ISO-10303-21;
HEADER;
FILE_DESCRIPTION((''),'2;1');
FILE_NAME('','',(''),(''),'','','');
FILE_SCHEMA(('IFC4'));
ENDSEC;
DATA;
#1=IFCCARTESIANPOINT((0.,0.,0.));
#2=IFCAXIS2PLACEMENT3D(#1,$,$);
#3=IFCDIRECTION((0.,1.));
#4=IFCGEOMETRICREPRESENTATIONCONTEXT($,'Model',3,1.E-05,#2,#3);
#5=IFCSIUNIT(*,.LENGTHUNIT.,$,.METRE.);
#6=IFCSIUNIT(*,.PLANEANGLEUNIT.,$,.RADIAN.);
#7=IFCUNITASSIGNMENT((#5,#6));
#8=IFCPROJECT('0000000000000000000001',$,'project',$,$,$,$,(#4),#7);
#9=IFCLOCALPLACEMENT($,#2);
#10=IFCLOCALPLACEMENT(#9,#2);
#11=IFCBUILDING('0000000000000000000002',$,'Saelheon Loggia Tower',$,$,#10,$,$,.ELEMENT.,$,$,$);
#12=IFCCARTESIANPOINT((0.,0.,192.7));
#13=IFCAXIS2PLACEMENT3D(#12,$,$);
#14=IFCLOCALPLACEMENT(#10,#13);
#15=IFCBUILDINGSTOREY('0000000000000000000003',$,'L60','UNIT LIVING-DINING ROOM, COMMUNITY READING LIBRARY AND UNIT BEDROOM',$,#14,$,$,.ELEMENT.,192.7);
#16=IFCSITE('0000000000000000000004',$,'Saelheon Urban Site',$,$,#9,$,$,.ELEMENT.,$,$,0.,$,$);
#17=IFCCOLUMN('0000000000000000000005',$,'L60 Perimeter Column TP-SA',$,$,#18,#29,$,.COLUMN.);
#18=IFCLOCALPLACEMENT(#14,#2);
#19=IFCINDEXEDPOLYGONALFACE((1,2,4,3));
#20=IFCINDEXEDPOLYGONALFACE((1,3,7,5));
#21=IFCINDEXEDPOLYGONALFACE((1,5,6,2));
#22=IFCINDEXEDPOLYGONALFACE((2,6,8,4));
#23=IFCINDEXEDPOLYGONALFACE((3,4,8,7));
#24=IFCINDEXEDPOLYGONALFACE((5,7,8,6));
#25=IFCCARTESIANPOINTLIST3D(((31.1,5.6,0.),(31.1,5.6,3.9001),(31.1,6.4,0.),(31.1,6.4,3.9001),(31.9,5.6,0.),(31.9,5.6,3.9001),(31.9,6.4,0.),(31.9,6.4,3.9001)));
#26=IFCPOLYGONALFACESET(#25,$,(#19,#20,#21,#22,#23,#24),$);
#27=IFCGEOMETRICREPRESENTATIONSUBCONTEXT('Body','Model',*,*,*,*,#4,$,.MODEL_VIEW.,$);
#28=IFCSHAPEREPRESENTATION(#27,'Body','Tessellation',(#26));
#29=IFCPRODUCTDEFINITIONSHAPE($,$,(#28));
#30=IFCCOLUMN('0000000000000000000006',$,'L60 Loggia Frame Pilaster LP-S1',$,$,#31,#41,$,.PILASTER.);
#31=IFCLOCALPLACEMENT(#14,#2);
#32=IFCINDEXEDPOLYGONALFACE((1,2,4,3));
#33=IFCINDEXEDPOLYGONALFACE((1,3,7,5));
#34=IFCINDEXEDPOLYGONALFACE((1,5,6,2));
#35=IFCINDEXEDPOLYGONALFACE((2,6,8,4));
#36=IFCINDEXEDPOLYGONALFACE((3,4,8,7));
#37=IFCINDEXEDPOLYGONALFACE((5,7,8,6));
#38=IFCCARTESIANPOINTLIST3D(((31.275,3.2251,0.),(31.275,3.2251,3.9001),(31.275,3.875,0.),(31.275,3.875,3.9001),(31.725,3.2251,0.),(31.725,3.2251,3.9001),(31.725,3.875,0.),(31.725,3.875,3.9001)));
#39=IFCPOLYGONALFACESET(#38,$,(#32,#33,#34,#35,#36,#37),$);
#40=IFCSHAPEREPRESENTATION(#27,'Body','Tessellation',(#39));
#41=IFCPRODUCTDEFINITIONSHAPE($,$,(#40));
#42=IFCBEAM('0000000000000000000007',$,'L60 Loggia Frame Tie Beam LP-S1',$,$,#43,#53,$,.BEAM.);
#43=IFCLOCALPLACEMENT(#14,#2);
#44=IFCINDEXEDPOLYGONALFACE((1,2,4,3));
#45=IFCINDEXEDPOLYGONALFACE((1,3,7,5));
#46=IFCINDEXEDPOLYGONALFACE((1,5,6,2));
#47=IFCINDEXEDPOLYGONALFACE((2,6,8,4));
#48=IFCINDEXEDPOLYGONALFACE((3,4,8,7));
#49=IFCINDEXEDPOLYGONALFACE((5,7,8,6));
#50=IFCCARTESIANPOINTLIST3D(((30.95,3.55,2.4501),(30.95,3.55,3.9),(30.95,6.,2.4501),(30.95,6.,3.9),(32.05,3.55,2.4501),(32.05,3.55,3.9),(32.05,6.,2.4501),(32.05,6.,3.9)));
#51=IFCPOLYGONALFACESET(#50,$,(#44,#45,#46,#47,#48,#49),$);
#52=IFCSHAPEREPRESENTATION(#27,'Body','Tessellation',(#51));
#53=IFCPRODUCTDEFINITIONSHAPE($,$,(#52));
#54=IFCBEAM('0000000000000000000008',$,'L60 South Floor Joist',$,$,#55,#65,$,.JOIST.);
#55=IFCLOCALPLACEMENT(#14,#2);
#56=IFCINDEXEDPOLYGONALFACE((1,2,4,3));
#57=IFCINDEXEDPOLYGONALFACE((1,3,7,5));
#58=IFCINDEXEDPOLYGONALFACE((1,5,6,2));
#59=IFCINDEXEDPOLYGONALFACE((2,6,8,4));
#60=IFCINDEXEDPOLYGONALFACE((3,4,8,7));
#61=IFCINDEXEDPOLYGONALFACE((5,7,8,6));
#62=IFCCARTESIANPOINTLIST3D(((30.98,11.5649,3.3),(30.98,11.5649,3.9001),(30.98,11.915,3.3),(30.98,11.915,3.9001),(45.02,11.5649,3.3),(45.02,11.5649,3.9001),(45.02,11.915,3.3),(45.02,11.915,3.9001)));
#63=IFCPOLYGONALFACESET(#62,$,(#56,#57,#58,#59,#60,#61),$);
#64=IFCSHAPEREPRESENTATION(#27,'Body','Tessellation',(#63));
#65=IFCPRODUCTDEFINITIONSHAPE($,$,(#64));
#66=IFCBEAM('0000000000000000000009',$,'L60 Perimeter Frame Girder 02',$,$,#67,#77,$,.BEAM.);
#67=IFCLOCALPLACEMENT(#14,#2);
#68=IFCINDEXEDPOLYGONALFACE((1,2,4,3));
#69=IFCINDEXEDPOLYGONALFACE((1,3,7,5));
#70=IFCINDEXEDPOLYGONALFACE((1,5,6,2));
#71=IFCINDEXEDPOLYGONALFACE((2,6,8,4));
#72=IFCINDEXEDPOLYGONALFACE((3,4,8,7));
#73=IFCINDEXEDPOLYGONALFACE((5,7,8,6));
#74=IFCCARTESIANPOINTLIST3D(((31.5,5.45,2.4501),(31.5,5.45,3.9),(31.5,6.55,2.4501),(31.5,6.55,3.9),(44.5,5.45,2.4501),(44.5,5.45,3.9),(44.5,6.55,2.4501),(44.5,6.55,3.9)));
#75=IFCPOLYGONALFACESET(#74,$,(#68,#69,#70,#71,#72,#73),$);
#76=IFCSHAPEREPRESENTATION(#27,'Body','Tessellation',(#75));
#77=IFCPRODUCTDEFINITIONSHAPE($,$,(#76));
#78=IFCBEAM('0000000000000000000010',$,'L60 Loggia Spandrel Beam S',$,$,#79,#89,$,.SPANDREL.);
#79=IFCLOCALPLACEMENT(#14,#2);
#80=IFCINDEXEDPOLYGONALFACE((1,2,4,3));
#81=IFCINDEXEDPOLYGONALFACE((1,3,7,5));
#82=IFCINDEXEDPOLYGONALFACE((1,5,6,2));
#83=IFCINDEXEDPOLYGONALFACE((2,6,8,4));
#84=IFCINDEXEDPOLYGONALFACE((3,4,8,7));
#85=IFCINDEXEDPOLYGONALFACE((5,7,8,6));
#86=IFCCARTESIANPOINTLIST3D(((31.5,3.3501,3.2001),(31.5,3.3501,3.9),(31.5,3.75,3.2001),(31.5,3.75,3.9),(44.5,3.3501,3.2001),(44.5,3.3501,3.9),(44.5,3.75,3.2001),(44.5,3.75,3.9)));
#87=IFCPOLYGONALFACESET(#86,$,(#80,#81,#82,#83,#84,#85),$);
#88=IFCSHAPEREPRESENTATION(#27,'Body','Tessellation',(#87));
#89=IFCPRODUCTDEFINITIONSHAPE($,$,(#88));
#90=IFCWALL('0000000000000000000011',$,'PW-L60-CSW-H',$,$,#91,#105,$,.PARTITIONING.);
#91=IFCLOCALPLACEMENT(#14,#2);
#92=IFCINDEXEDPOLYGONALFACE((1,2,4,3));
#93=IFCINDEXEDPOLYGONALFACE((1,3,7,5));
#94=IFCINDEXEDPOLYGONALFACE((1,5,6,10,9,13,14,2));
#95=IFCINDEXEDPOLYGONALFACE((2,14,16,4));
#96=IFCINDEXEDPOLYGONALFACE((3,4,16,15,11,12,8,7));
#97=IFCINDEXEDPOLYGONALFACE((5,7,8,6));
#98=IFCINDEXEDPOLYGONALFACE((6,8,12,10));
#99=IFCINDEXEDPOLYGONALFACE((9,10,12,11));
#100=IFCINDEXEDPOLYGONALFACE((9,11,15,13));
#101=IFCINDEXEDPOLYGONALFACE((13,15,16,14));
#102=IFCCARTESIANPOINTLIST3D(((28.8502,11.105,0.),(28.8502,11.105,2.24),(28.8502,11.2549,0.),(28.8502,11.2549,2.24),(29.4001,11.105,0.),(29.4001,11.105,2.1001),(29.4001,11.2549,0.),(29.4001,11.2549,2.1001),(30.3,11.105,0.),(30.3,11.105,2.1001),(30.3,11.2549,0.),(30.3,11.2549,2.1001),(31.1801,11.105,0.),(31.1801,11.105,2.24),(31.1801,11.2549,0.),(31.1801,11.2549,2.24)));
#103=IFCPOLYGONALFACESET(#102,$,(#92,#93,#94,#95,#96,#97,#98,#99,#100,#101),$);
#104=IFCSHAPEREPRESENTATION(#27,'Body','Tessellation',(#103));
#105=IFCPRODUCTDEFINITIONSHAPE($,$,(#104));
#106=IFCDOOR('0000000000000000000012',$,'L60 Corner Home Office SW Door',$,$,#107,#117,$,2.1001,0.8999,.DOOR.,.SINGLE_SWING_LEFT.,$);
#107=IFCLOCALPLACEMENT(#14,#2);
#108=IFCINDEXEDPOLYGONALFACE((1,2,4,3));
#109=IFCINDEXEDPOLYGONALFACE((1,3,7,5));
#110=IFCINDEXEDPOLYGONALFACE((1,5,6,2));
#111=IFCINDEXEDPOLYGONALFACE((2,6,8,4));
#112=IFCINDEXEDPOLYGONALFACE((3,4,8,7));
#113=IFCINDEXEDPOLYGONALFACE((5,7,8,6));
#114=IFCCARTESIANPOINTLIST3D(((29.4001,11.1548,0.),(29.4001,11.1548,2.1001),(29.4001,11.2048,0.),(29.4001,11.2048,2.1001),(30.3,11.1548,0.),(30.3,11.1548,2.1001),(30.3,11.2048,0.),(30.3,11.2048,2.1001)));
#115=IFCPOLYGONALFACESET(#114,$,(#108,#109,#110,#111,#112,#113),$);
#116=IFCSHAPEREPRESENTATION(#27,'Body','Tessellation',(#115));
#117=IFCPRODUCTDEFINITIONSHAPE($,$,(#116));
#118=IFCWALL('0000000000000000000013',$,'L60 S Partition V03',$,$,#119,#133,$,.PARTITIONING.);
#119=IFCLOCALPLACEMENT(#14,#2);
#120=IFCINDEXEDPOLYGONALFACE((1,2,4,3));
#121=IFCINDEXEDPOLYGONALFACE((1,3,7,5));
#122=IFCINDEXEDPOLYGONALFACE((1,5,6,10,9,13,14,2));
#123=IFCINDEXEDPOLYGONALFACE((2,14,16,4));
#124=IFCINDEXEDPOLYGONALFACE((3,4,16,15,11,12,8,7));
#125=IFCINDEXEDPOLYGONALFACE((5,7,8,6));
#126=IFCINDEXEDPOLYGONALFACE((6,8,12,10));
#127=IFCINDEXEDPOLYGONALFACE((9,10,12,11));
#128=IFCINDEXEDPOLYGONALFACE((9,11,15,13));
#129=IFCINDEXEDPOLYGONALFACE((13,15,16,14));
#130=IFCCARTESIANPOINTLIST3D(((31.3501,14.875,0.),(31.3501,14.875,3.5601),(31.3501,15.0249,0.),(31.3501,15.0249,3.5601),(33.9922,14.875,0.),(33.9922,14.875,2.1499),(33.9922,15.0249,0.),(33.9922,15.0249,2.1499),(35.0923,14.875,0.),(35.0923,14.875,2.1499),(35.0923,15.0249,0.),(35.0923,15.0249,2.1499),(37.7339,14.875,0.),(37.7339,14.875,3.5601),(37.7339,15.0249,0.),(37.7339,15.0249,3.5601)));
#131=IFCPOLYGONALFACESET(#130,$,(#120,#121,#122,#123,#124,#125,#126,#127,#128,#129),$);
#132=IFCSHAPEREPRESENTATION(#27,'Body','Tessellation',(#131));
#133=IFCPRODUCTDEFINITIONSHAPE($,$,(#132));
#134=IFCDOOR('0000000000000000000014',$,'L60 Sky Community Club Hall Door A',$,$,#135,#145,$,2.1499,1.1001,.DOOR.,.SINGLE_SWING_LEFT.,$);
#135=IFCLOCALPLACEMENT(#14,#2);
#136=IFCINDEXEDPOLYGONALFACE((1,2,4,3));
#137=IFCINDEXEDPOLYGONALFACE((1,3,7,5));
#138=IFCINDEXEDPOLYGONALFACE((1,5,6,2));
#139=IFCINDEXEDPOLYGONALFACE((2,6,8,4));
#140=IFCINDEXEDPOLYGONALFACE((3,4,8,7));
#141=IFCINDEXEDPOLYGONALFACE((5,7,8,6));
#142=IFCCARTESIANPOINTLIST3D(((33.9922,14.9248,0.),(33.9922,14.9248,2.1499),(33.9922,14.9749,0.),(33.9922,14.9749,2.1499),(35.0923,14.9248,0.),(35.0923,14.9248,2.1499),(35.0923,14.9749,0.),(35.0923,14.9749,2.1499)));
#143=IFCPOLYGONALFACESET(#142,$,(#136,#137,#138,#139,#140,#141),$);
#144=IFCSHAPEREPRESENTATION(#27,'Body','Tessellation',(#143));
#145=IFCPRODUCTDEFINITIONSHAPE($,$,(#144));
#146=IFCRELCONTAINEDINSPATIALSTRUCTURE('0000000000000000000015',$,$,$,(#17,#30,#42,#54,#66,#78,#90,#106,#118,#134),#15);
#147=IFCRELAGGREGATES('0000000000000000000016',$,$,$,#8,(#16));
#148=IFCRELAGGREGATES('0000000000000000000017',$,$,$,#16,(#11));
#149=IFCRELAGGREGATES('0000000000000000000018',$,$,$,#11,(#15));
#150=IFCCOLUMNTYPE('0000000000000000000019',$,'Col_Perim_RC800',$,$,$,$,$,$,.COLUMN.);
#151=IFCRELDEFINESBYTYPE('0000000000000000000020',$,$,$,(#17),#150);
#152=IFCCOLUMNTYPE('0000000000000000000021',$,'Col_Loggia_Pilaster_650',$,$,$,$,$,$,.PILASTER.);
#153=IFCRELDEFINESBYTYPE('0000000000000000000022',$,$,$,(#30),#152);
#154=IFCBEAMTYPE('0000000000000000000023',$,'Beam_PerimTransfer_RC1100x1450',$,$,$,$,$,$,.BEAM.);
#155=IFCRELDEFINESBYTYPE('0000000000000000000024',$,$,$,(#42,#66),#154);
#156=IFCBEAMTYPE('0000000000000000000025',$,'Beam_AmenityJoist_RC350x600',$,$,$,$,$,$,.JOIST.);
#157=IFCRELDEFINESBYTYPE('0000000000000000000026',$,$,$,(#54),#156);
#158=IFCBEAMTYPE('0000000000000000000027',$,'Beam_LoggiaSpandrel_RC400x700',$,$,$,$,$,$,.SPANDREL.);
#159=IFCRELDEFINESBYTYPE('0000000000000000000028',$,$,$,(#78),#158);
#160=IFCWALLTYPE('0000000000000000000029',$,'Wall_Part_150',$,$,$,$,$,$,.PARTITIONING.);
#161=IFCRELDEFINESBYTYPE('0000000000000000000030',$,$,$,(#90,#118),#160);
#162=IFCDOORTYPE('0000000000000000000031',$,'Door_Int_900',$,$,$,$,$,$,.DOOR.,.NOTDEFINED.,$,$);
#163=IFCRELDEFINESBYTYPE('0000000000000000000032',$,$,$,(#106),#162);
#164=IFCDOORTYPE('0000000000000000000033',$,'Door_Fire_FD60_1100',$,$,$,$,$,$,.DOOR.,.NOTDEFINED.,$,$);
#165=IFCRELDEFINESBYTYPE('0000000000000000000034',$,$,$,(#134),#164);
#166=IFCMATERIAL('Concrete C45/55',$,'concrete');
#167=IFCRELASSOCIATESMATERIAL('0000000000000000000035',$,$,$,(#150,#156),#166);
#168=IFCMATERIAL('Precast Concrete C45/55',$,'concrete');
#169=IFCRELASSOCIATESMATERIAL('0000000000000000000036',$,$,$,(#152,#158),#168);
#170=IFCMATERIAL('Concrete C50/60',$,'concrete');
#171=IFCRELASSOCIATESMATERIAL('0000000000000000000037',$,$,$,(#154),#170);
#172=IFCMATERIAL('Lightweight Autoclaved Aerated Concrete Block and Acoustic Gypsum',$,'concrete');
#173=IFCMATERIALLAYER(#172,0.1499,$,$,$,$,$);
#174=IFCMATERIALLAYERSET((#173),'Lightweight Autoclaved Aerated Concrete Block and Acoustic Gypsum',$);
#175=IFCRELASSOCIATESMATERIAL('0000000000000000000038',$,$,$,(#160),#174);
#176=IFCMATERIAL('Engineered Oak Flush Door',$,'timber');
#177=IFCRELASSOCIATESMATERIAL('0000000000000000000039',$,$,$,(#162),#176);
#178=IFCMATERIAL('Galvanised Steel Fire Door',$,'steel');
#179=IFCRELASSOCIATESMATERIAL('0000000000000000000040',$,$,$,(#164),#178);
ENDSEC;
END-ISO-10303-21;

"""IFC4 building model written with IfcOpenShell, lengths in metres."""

from ifc_helpers import new_model, si_unit, direction, frame, frame_2d, origin, origin_2d, place, context, subcontext, project, spatial, rectangle, extrude, source, transform, mapped, material, layer, layer_set, material_profile, profile_set, type_object, element, fill, save


model = new_model("IFC4")

# Units and contexts
model_context = context("Model", 3, precision=1e-05, world=origin(), true_north=direction((0.0, 1.0)))
body_context = subcontext(model_context, "Body", "Model", "MODEL_VIEW")
ifc_project = project(units=[si_unit("LENGTHUNIT", "METRE"), si_unit("PLANEANGLEUNIT", "RADIAN")], contexts=[model_context])

# Site, building, storey
site_placement = place(None, origin())
site = spatial("IfcSite", under=ifc_project, at=site_placement, Name="Saelheon Urban Site", CompositionType="ELEMENT", RefElevation=0.0)
building_placement = place(site_placement, origin())
building = spatial("IfcBuilding", under=site, at=building_placement, Name="Saelheon Loggia Tower", CompositionType="ELEMENT")
storey_placement = place(building_placement, frame((0.0, 0.0, 192.7)))
storey = spatial("IfcBuildingStorey", under=building, at=storey_placement, Name="L60", Description="UNIT LIVING-DINING ROOM, COMMUNITY READING LIBRARY AND UNIT BEDROOM", CompositionType="ELEMENT", Elevation=192.7)

# Columns
ifc_material_1 = material(Name="Concrete C45/55", Category="concrete")
ifc_material_profile_1 = material_profile(ifc_material_1, rectangle(XDim=0.8, YDim=0.8, at=origin_2d()), Name="RC-800x800")
ifc_profile_set_1 = profile_set([ifc_material_profile_1], Name="Concrete C45/55")
column_type_1 = type_object("IfcColumnType", Name="Col_Perim_RC800", PredefinedType="COLUMN", material=ifc_profile_set_1)
shared_shape_1 = source(origin(), body_context, "Body", "SweptSolid", [
    extrude(rectangle(XDim=0.8, YDim=0.8, at=origin_2d()), origin(), (0.0, 0.0, 1.0), 3.9001),
])
column_1_placement = place(storey_placement, frame((31.5, 6.0, 0.0), z_axis=(0.0, 0.0, 1.0), x_axis=(1.0, 0.0, 0.0)))
element("IfcColumn", 1, at=column_1_placement, inside=storey, type_object=column_type_1, Name="L60 Perimeter Column TP-SA", PredefinedType="COLUMN", context=body_context, shape_type="MappedRepresentation", body=[
    mapped(shared_shape_1, transform((0.0, 0.0, 0.0), scale=1.0)),
])
ifc_material_2 = material(Name="Precast Concrete C45/55", Category="concrete")
ifc_material_profile_2 = material_profile(ifc_material_2, rectangle(XDim=0.45, YDim=0.6499, at=origin_2d()), Name="RC-450x650")
ifc_profile_set_2 = profile_set([ifc_material_profile_2], Name="Precast Concrete C45/55")
column_type_2 = type_object("IfcColumnType", Name="Col_Loggia_Pilaster_650", PredefinedType="PILASTER", material=ifc_profile_set_2)
shared_shape_2 = source(origin(), body_context, "Body", "SweptSolid", [
    extrude(rectangle(XDim=0.45, YDim=0.6499, at=origin_2d()), origin(), (0.0, 0.0, 1.0), 3.9001),
])
column_2_placement = place(storey_placement, frame((31.5, 3.55, 0.0), z_axis=(0.0, 0.0, 1.0), x_axis=(1.0, 0.0, 0.0)))
element("IfcColumn", 2, at=column_2_placement, inside=storey, type_object=column_type_2, Name="L60 Loggia Frame Pilaster LP-S1", PredefinedType="PILASTER", context=body_context, shape_type="MappedRepresentation", body=[
    mapped(shared_shape_2, transform((0.0, 0.0, 0.0), scale=1.0)),
])

# Beams
ifc_material_3 = material(Name="Concrete C50/60", Category="concrete")
ifc_material_profile_3 = material_profile(ifc_material_3, rectangle(XDim=1.1001, YDim=1.45, at=origin_2d()), Name="RC-1100x1450")
ifc_profile_set_3 = profile_set([ifc_material_profile_3], Name="Concrete C50/60")
beam_type_1 = type_object("IfcBeamType", Name="Beam_PerimTransfer_RC1100x1450", PredefinedType="BEAM", material=ifc_profile_set_3)
shared_shape_3 = source(origin(), body_context, "Body", "SweptSolid", [
    extrude(rectangle(XDim=1.1001, YDim=1.45, at=origin_2d()), origin(), (0.0, 0.0, 1.0), 2.45),
])
beam_1_placement = place(storey_placement, frame((31.5, 6.0, 3.175), z_axis=(0.0, -1.0, 0.0), x_axis=(1.0, 0.0, 0.0)))
element("IfcBeam", 3, at=beam_1_placement, inside=storey, type_object=beam_type_1, Name="L60 Loggia Frame Tie Beam LP-S1", PredefinedType="BEAM", context=body_context, shape_type="MappedRepresentation", body=[
    mapped(shared_shape_3, transform((0.0, 0.0, 0.0), scale=1.0)),
])
ifc_material_profile_4 = material_profile(ifc_material_1, rectangle(XDim=0.3501, YDim=0.6001, at=origin_2d()), Name="RC-350x600")
ifc_profile_set_4 = profile_set([ifc_material_profile_4], Name="Concrete C45/55")
beam_type_2 = type_object("IfcBeamType", Name="Beam_AmenityJoist_RC350x600", PredefinedType="JOIST", material=ifc_profile_set_4)
shared_shape_4 = source(origin(), body_context, "Body", "SweptSolid", [
    extrude(rectangle(XDim=0.3501, YDim=0.6001, at=origin_2d()), origin(), (0.0, 0.0, 1.0), 14.04),
])
beam_2_placement = place(storey_placement, frame((30.98, 11.74, 3.6001), z_axis=(1.0, 0.0, 0.0), x_axis=(0.0, 1.0, 0.0)))
element("IfcBeam", 4, at=beam_2_placement, inside=storey, type_object=beam_type_2, Name="L60 South Floor Joist", PredefinedType="JOIST", context=body_context, shape_type="MappedRepresentation", body=[
    mapped(shared_shape_4, transform((0.0, 0.0, 0.0), scale=1.0)),
])
shared_shape_5 = source(origin(), body_context, "Body", "SweptSolid", [
    extrude(rectangle(XDim=1.1001, YDim=1.45, at=origin_2d()), origin(), (0.0, 0.0, 1.0), 13.0),
])
beam_3_placement = place(storey_placement, frame((31.5, 6.0, 3.175), z_axis=(1.0, 0.0, 0.0), x_axis=(0.0, 1.0, 0.0)))
element("IfcBeam", 5, at=beam_3_placement, inside=storey, type_object=beam_type_1, Name="L60 Perimeter Frame Girder 02", PredefinedType="BEAM", context=body_context, shape_type="MappedRepresentation", body=[
    mapped(shared_shape_5, transform((0.0, 0.0, 0.0), scale=1.0)),
])
ifc_material_profile_5 = material_profile(ifc_material_2, rectangle(XDim=0.3999, YDim=0.7, at=origin_2d()), Name="RC-400x700")
ifc_profile_set_5 = profile_set([ifc_material_profile_5], Name="Precast Concrete C45/55")
beam_type_3 = type_object("IfcBeamType", Name="Beam_LoggiaSpandrel_RC400x700", PredefinedType="SPANDREL", material=ifc_profile_set_5)
shared_shape_6 = source(origin(), body_context, "Body", "SweptSolid", [
    extrude(rectangle(XDim=0.3999, YDim=0.7, at=origin_2d()), origin(), (0.0, 0.0, 1.0), 13.0),
])
beam_4_placement = place(storey_placement, frame((31.5, 3.55, 3.55), z_axis=(1.0, 0.0, 0.0), x_axis=(0.0, 1.0, 0.0)))
element("IfcBeam", 6, at=beam_4_placement, inside=storey, type_object=beam_type_3, Name="L60 Loggia Spandrel Beam S", PredefinedType="SPANDREL", context=body_context, shape_type="MappedRepresentation", body=[
    mapped(shared_shape_6, transform((0.0, 0.0, 0.0), scale=1.0)),
])

# Walls, openings, doors
ifc_material_4 = material(Name="Lightweight Autoclaved Aerated Concrete Block and Acoustic Gypsum", Category="concrete")
ifc_layer_1 = layer(ifc_material_4, 0.1499)
ifc_layer_set_1 = layer_set([ifc_layer_1], Name="Lightweight Autoclaved Aerated Concrete Block and Acoustic Gypsum")
wall_type_1 = type_object("IfcWallType", Name="Wall_Part_150", PredefinedType="PARTITIONING", material=ifc_layer_set_1)
wall_1_placement = place(storey_placement, frame((28.8501, 11.1799, 0.0), z_axis=(0.0, 0.0, 1.0), x_axis=(1.0, 0.0, 0.0)))
wall_1 = element("IfcWall", 7, at=wall_1_placement, inside=storey, type_object=wall_type_1, Name="PW-L60-CSW-H", PredefinedType="PARTITIONING", context=body_context, shape_type="SweptSolid", body=[
    extrude(rectangle(XDim=2.3298, YDim=0.1499, at=frame_2d((1.165, 0.0))), origin(), (0.0, 0.0, 1.0), 2.24),
])
opening_1_placement = place(wall_1_placement, frame((0.55, 0.0, 0.0)))
opening_1 = element("IfcOpeningElement", 8, at=opening_1_placement, cuts=wall_1, PredefinedType="OPENING", context=body_context, shape_type="SweptSolid", body=[
    extrude(rectangle(XDim=0.8999, YDim=2.1001, at=frame_2d((0.45, 1.05))), frame((0.0, 0.0869, 0.0), z_axis=(0.0, -1.0, 0.0), x_axis=(1.0, 0.0, 0.0)), (0.0, 0.0, 1.0), 0.1738),
])
ifc_material_5 = material(Name="Engineered Oak Flush Door", Category="timber")
door_type_1 = type_object("IfcDoorType", Name="Door_Int_900", OperationType="NOTDEFINED", PredefinedType="DOOR", material=ifc_material_5)
shared_shape_7 = source(origin(), body_context, "Body", "SweptSolid", [
    extrude(rectangle(XDim=0.8999, YDim=2.1001, at=frame_2d((0.45, 1.05))), frame((0.0, 0.0249, 0.0), z_axis=(0.0, -1.0, 0.0), x_axis=(1.0, 0.0, 0.0)), (0.0, 0.0, 1.0), 0.05),
])
door_1_placement = place(opening_1_placement, origin())
door_1 = element("IfcDoor", 9, at=door_1_placement, inside=storey, type_object=door_type_1, Name="L60 Corner Home Office SW Door", OperationType="SINGLE_SWING_LEFT", OverallHeight=2.1001, OverallWidth=0.8999, PredefinedType="DOOR", context=body_context, shape_type="MappedRepresentation", body=[
    mapped(shared_shape_7, transform((0.0, 0.0, 0.0), scale=1.0)),
])
fill(opening_1, door_1)
wall_2_placement = place(storey_placement, frame((31.3501, 14.95, 0.0), z_axis=(0.0, 0.0, 1.0), x_axis=(1.0, 0.0, 0.0)))
wall_2 = element("IfcWall", 10, at=wall_2_placement, inside=storey, type_object=wall_type_1, Name="L60 S Partition V03", PredefinedType="PARTITIONING", context=body_context, shape_type="SweptSolid", body=[
    extrude(rectangle(XDim=6.3838, YDim=0.1499, at=frame_2d((3.1919, 0.0))), origin(), (0.0, 0.0, 1.0), 3.5601),
])
opening_2_placement = place(wall_2_placement, frame((2.6421, 0.0, 0.0)))
opening_2 = element("IfcOpeningElement", 11, at=opening_2_placement, cuts=wall_2, PredefinedType="OPENING", context=body_context, shape_type="SweptSolid", body=[
    extrude(rectangle(XDim=1.1001, YDim=2.1499, at=frame_2d((0.55, 1.075))), frame((0.0, 0.0869, 0.0), z_axis=(0.0, -1.0, 0.0), x_axis=(1.0, 0.0, 0.0)), (0.0, 0.0, 1.0), 0.1738),
])
ifc_material_6 = material(Name="Galvanised Steel Fire Door", Category="steel")
door_type_2 = type_object("IfcDoorType", Name="Door_Fire_FD60_1100", OperationType="NOTDEFINED", PredefinedType="DOOR", material=ifc_material_6)
shared_shape_8 = source(origin(), body_context, "Body", "SweptSolid", [
    extrude(rectangle(XDim=1.1001, YDim=2.1499, at=frame_2d((0.55, 1.075))), frame((0.0, 0.0249, 0.0), z_axis=(0.0, -1.0, 0.0), x_axis=(1.0, 0.0, 0.0)), (0.0, 0.0, 1.0), 0.05),
])
door_2_placement = place(opening_2_placement, origin())
door_2 = element("IfcDoor", 12, at=door_2_placement, inside=storey, type_object=door_type_2, Name="L60 Sky Community Club Hall Door A", OperationType="SINGLE_SWING_LEFT", OverallHeight=2.1499, OverallWidth=1.1001, PredefinedType="DOOR", context=body_context, shape_type="MappedRepresentation", body=[
    mapped(shared_shape_8, transform((0.0, 0.0, 0.0), scale=1.0)),
])
fill(opening_2, door_2)

save(model, "model.ifc")
